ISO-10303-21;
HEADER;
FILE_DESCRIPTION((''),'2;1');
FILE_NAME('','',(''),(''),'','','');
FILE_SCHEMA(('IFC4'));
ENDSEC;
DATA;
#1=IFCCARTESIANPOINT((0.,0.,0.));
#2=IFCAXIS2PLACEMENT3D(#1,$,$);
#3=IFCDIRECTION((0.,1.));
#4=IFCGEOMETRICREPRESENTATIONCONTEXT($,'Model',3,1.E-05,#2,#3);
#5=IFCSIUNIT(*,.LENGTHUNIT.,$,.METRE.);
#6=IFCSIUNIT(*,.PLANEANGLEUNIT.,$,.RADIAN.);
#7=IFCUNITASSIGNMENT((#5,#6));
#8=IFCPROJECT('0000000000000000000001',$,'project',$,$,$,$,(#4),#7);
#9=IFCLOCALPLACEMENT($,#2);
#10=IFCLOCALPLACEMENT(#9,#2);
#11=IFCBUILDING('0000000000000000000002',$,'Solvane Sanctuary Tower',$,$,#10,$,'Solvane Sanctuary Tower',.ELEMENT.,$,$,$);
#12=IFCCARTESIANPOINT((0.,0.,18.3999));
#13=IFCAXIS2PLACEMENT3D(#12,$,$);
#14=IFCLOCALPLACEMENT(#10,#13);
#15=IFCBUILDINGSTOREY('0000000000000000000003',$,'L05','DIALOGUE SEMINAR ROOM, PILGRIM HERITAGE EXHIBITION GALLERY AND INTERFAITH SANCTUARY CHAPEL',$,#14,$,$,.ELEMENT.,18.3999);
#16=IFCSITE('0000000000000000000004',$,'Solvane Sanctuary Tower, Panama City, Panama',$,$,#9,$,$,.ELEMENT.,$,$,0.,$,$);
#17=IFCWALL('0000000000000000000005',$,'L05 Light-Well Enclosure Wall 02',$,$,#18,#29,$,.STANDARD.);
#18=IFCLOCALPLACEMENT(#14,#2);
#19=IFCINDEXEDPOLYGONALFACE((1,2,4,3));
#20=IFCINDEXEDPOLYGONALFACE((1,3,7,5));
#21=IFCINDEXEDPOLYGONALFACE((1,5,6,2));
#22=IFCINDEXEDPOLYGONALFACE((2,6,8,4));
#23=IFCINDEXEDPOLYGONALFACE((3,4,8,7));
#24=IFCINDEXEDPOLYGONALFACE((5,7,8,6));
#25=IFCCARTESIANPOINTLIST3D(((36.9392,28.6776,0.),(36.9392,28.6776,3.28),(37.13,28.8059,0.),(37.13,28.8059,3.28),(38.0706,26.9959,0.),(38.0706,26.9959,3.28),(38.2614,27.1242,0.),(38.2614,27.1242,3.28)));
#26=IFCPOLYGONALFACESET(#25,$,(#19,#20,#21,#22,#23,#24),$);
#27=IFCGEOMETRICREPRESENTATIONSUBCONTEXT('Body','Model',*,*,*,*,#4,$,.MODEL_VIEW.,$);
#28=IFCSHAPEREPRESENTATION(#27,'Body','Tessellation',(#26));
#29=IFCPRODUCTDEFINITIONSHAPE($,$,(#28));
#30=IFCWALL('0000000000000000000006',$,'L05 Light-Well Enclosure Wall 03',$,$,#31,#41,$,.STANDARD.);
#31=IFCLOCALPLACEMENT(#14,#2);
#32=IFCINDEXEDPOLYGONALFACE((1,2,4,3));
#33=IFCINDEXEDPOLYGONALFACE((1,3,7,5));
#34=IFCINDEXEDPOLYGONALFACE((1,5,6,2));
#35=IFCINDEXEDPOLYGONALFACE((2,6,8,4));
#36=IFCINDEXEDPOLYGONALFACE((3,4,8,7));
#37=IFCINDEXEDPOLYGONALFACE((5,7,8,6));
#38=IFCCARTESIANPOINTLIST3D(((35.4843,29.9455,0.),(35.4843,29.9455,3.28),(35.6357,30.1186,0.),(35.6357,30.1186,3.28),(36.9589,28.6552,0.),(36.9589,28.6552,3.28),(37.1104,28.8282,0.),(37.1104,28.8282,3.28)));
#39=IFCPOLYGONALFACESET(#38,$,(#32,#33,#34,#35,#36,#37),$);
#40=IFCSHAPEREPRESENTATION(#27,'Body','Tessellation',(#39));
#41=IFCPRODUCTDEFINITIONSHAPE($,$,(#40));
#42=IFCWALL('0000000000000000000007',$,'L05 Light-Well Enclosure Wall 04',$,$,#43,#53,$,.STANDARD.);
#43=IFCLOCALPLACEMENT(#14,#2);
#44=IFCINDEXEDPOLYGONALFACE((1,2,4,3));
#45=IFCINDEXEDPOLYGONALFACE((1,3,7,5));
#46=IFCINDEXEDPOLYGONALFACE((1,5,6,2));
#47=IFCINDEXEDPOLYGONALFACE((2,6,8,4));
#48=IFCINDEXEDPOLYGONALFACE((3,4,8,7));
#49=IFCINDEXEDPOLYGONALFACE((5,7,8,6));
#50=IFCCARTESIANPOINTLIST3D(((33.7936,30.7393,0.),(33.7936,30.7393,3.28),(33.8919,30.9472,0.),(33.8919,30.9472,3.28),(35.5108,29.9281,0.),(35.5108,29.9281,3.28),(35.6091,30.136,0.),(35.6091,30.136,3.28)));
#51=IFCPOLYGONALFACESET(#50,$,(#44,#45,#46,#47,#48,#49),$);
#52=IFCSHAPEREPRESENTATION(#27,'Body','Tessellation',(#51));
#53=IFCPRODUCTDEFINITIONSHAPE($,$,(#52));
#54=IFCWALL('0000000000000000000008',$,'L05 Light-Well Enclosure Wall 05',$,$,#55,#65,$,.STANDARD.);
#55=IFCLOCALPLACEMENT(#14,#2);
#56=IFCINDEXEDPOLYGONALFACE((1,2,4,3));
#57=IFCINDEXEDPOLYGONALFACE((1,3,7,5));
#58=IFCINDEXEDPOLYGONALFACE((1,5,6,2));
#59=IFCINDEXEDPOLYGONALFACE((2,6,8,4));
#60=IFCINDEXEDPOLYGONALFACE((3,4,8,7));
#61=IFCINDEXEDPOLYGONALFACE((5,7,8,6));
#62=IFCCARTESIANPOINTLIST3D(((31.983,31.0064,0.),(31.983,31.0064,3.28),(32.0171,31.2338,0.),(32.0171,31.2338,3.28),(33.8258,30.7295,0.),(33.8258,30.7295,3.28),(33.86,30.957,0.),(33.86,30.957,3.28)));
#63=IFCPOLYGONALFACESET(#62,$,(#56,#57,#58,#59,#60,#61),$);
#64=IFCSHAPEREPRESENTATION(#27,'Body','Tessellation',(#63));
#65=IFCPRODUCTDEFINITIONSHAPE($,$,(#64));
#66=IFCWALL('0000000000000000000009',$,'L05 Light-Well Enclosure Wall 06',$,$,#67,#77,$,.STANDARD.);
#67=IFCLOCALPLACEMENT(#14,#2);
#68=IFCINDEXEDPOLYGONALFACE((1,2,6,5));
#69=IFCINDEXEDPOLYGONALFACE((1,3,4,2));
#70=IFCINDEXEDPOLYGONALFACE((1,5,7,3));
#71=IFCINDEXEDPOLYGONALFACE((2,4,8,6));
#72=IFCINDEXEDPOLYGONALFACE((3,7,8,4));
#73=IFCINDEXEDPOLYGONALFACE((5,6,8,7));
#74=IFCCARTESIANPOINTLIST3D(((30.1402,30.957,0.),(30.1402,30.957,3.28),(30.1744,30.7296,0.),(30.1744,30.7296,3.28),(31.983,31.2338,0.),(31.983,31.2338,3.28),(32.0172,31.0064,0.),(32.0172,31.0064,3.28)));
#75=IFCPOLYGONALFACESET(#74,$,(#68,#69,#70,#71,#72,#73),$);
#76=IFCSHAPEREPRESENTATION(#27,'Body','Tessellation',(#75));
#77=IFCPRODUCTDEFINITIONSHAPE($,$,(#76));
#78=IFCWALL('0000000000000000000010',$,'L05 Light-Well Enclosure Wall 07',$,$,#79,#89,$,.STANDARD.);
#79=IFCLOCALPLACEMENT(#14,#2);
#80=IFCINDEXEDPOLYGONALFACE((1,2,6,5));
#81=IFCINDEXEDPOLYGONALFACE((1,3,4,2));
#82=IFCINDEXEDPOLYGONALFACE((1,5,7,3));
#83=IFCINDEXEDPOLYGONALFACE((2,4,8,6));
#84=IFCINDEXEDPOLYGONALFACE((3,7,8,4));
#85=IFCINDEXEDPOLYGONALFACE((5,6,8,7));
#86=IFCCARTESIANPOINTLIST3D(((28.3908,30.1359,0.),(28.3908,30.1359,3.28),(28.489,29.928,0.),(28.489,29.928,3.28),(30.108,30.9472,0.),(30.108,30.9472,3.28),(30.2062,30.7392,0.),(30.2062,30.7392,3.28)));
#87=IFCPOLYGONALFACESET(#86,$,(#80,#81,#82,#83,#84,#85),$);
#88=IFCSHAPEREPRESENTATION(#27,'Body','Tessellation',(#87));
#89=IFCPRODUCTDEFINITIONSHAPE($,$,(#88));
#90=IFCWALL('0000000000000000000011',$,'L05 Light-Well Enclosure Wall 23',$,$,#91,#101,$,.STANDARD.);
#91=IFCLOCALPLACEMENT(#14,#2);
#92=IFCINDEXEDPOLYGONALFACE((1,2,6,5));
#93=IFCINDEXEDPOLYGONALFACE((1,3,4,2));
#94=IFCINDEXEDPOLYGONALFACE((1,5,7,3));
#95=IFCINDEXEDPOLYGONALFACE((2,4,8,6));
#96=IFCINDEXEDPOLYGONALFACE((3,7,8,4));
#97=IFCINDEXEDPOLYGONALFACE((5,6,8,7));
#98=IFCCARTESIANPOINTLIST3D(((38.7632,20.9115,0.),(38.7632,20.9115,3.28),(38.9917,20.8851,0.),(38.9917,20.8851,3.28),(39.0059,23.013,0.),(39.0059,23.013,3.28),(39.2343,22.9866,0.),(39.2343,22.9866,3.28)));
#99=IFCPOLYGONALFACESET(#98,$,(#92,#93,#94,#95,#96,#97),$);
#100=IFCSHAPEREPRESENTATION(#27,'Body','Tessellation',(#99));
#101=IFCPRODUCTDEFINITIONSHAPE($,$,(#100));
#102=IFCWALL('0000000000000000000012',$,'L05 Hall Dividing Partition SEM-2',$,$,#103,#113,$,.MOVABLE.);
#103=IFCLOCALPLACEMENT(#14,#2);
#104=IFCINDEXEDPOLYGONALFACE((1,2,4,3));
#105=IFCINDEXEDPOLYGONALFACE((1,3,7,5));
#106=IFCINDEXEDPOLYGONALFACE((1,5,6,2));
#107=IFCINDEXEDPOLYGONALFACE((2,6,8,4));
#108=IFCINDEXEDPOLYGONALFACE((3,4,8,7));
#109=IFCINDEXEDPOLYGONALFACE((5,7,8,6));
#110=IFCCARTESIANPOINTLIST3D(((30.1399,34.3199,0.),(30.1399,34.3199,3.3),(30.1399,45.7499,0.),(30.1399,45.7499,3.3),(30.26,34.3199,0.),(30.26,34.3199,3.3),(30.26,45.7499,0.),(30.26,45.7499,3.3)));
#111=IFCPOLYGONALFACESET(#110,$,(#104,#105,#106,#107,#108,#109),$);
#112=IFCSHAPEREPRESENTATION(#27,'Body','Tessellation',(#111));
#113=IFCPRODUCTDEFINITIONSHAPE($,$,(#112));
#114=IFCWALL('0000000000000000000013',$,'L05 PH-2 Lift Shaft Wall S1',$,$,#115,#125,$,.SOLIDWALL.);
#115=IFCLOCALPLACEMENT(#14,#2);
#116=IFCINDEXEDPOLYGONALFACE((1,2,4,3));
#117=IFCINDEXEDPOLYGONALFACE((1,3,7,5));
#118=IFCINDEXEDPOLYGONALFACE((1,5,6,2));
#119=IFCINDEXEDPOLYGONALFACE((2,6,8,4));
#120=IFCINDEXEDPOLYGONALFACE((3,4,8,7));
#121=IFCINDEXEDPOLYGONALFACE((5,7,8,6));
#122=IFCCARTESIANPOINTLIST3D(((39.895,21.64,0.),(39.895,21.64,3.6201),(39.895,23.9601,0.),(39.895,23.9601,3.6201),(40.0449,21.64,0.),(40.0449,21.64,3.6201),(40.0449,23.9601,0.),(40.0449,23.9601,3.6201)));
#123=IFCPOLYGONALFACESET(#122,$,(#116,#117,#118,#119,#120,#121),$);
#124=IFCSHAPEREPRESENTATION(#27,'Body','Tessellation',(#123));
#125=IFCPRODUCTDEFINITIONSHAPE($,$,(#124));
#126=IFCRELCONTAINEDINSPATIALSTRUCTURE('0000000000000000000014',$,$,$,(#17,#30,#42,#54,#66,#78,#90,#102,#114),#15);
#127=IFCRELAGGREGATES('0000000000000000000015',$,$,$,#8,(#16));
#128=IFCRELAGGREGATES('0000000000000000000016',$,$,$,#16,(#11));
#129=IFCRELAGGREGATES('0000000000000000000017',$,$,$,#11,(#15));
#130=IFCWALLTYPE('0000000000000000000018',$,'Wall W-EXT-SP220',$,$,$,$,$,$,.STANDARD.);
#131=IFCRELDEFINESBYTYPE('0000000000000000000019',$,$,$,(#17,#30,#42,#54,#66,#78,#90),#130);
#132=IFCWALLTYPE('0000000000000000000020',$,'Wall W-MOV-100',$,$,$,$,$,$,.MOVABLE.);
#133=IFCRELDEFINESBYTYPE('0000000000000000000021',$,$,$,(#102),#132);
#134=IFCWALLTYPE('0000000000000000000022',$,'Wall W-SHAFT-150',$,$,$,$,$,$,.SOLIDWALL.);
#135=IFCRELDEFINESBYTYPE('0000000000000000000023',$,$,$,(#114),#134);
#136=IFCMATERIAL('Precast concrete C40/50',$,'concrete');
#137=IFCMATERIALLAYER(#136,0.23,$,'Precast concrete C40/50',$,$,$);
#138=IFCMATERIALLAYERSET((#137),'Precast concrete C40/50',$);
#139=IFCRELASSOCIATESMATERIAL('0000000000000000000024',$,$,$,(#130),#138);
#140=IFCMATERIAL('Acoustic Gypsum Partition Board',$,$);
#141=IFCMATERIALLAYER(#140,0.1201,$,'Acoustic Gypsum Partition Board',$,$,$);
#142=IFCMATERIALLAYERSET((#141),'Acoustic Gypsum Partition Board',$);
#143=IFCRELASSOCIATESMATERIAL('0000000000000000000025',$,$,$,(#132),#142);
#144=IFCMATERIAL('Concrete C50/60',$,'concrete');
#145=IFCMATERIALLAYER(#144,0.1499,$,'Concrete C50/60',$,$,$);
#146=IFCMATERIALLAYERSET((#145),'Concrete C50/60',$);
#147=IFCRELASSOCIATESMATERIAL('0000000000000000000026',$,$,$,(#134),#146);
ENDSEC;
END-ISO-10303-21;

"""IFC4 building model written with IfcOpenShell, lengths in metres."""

from ifc_helpers import new_model, si_unit, direction, frame, frame_2d, origin, place, context, subcontext, project, spatial, rectangle, extrude, material, layer, layer_set, type_object, element, save


model = new_model("IFC4")

# Units and contexts
model_context = context("Model", 3, precision=1e-05, world=origin(), true_north=direction((0.0, 1.0)))
body_context = subcontext(model_context, "Body", "Model", "MODEL_VIEW")
ifc_project = project(units=[si_unit("LENGTHUNIT", "METRE"), si_unit("PLANEANGLEUNIT", "RADIAN")], contexts=[model_context])

# Site, building, storey
site_placement = place(None, origin())
site = spatial("IfcSite", under=ifc_project, at=site_placement, Name="Solvane Sanctuary Tower, Panama City, Panama", CompositionType="ELEMENT", RefElevation=0.0)
building_placement = place(site_placement, origin())
building = spatial("IfcBuilding", under=site, at=building_placement, Name="Solvane Sanctuary Tower", LongName="Solvane Sanctuary Tower", CompositionType="ELEMENT")
storey_placement = place(building_placement, frame((0.0, 0.0, 18.3999)))
storey = spatial("IfcBuildingStorey", under=building, at=storey_placement, Name="L05", Description="DIALOGUE SEMINAR ROOM, PILGRIM HERITAGE EXHIBITION GALLERY AND INTERFAITH SANCTUARY CHAPEL", CompositionType="ELEMENT", Elevation=18.3999)

# Shared definitions
ifc_material_1 = material(Name="Acoustic Gypsum Partition Board")

# Walls
ifc_material_2 = material(Name="Precast concrete C40/50", Category="concrete")
ifc_layer_1 = layer(ifc_material_2, 0.23, Name="Precast concrete C40/50")
ifc_layer_set_1 = layer_set([ifc_layer_1], Name="Precast concrete C40/50")
wall_type_1 = type_object("IfcWallType", Name="Wall W-EXT-SP220", PredefinedType="STANDARD", material=ifc_layer_set_1)
wall_1_placement = place(storey_placement, frame((38.166, 27.0601, 0.0), z_axis=(0.0, 0.0, 1.0), x_axis=(-0.558198, 0.829708, 0.0)))
element("IfcWall", 1, at=wall_1_placement, inside=storey, type_object=wall_type_1, Name="L05 Light-Well Enclosure Wall 02", PredefinedType="STANDARD", context=body_context, shape_type="SweptSolid", body=[
    extrude(rectangle(XDim=2.0269, YDim=0.23, at=frame_2d((1.0134, 0.0))), origin(), (0.0, 0.0, 1.0), 3.28),
])
wall_2_placement = place(storey_placement, frame((37.0347, 28.7417, 0.0), z_axis=(0.0, 0.0, 1.0), x_axis=(-0.752577, 0.658505, 0.0)))
element("IfcWall", 2, at=wall_2_placement, inside=storey, type_object=wall_type_1, Name="L05 Light-Well Enclosure Wall 03", PredefinedType="STANDARD", context=body_context, shape_type="SweptSolid", body=[
    extrude(rectangle(XDim=1.9595, YDim=0.23, at=frame_2d((0.9797, 0.0))), origin(), (0.0, 0.0, 1.0), 3.28),
])
wall_3_placement = place(storey_placement, frame((35.5601, 30.032, 0.0), z_axis=(0.0, 0.0, 1.0), x_axis=(-0.90418, 0.427152, 0.0)))
element("IfcWall", 3, at=wall_3_placement, inside=storey, type_object=wall_type_1, Name="L05 Light-Well Enclosure Wall 04", PredefinedType="STANDARD", context=body_context, shape_type="SweptSolid", body=[
    extrude(rectangle(XDim=1.8992, YDim=0.23, at=frame_2d((0.9497, 0.0))), origin(), (0.0, 0.0, 1.0), 3.28),
])
for number, where, z_axis, x_axis, name in (
    (4, (33.8428, 30.8433, 0.0), (0.0, 0.0, 1.0), (-0.988902, 0.148571, 0.0), "L05 Light-Well Enclosure Wall 05"),
    (5, (32.0, 31.1201, 0.0), (0.0, 0.0, 1.0), (-0.988902, -0.148571, 0.0), "L05 Light-Well Enclosure Wall 06"),
):
    element("IfcWall", number, at=place(storey_placement, frame(where, z_axis=z_axis, x_axis=x_axis)), inside=storey, type_object=wall_type_1, Name=name, PredefinedType="STANDARD", context=body_context, shape_type="SweptSolid", body=[
        extrude(rectangle(XDim=1.8635, YDim=0.23, at=frame_2d((0.9316, 0.0))), origin(), (0.0, 0.0, 1.0), 3.28),
    ])
wall_4_placement = place(storey_placement, frame((30.1572, 30.8433, 0.0), z_axis=(0.0, 0.0, 1.0), x_axis=(-0.90418, -0.427152, 0.0)))
element("IfcWall", 6, at=wall_4_placement, inside=storey, type_object=wall_type_1, Name="L05 Light-Well Enclosure Wall 07", PredefinedType="STANDARD", context=body_context, shape_type="SweptSolid", body=[
    extrude(rectangle(XDim=1.8992, YDim=0.23, at=frame_2d((0.9497, 0.0))), origin(), (0.0, 0.0, 1.0), 3.28),
])
wall_5_placement = place(storey_placement, frame((38.8774, 20.8984, 0.0), z_axis=(0.0, 0.0, 1.0), x_axis=(0.114712, 0.993399, 0.0)))
element("IfcWall", 7, at=wall_5_placement, inside=storey, type_object=wall_type_1, Name="L05 Light-Well Enclosure Wall 23", PredefinedType="STANDARD", context=body_context, shape_type="SweptSolid", body=[
    extrude(rectangle(XDim=2.1155, YDim=0.23, at=frame_2d((1.0576, 0.0))), origin(), (0.0, 0.0, 1.0), 3.28),
])
ifc_layer_2 = layer(ifc_material_1, 0.1201, Name="Acoustic Gypsum Partition Board")
ifc_layer_set_2 = layer_set([ifc_layer_2], Name="Acoustic Gypsum Partition Board")
wall_type_2 = type_object("IfcWallType", Name="Wall W-MOV-100", PredefinedType="MOVABLE", material=ifc_layer_set_2)
wall_6_placement = place(storey_placement, frame((30.2, 34.3201, 0.0), z_axis=(0.0, 0.0, 1.0), x_axis=(0.0, 1.0, 0.0)))
element("IfcWall", 8, at=wall_6_placement, inside=storey, type_object=wall_type_2, Name="L05 Hall Dividing Partition SEM-2", PredefinedType="MOVABLE", context=body_context, shape_type="SweptSolid", body=[
    extrude(rectangle(XDim=11.4299, YDim=0.1201, at=frame_2d((5.7148, 0.0))), origin(), (0.0, 0.0, 1.0), 3.3),
])
ifc_material_3 = material(Name="Concrete C50/60", Category="concrete")
ifc_layer_3 = layer(ifc_material_3, 0.1499, Name="Concrete C50/60")
ifc_layer_set_3 = layer_set([ifc_layer_3], Name="Concrete C50/60")
wall_type_3 = type_object("IfcWallType", Name="Wall W-SHAFT-150", PredefinedType="SOLIDWALL", material=ifc_layer_set_3)
wall_7_placement = place(storey_placement, frame((39.97, 21.6399, 0.0), z_axis=(0.0, 0.0, 1.0), x_axis=(0.0, 1.0, 0.0)))
element("IfcWall", 9, at=wall_7_placement, inside=storey, type_object=wall_type_3, Name="L05 PH-2 Lift Shaft Wall S1", PredefinedType="SOLIDWALL", context=body_context, shape_type="SweptSolid", body=[
    extrude(rectangle(XDim=2.3201, YDim=0.1499, at=frame_2d((1.1602, 0.0))), origin(), (0.0, 0.0, 1.0), 3.6201),
])

save(model, "model.ifc")
